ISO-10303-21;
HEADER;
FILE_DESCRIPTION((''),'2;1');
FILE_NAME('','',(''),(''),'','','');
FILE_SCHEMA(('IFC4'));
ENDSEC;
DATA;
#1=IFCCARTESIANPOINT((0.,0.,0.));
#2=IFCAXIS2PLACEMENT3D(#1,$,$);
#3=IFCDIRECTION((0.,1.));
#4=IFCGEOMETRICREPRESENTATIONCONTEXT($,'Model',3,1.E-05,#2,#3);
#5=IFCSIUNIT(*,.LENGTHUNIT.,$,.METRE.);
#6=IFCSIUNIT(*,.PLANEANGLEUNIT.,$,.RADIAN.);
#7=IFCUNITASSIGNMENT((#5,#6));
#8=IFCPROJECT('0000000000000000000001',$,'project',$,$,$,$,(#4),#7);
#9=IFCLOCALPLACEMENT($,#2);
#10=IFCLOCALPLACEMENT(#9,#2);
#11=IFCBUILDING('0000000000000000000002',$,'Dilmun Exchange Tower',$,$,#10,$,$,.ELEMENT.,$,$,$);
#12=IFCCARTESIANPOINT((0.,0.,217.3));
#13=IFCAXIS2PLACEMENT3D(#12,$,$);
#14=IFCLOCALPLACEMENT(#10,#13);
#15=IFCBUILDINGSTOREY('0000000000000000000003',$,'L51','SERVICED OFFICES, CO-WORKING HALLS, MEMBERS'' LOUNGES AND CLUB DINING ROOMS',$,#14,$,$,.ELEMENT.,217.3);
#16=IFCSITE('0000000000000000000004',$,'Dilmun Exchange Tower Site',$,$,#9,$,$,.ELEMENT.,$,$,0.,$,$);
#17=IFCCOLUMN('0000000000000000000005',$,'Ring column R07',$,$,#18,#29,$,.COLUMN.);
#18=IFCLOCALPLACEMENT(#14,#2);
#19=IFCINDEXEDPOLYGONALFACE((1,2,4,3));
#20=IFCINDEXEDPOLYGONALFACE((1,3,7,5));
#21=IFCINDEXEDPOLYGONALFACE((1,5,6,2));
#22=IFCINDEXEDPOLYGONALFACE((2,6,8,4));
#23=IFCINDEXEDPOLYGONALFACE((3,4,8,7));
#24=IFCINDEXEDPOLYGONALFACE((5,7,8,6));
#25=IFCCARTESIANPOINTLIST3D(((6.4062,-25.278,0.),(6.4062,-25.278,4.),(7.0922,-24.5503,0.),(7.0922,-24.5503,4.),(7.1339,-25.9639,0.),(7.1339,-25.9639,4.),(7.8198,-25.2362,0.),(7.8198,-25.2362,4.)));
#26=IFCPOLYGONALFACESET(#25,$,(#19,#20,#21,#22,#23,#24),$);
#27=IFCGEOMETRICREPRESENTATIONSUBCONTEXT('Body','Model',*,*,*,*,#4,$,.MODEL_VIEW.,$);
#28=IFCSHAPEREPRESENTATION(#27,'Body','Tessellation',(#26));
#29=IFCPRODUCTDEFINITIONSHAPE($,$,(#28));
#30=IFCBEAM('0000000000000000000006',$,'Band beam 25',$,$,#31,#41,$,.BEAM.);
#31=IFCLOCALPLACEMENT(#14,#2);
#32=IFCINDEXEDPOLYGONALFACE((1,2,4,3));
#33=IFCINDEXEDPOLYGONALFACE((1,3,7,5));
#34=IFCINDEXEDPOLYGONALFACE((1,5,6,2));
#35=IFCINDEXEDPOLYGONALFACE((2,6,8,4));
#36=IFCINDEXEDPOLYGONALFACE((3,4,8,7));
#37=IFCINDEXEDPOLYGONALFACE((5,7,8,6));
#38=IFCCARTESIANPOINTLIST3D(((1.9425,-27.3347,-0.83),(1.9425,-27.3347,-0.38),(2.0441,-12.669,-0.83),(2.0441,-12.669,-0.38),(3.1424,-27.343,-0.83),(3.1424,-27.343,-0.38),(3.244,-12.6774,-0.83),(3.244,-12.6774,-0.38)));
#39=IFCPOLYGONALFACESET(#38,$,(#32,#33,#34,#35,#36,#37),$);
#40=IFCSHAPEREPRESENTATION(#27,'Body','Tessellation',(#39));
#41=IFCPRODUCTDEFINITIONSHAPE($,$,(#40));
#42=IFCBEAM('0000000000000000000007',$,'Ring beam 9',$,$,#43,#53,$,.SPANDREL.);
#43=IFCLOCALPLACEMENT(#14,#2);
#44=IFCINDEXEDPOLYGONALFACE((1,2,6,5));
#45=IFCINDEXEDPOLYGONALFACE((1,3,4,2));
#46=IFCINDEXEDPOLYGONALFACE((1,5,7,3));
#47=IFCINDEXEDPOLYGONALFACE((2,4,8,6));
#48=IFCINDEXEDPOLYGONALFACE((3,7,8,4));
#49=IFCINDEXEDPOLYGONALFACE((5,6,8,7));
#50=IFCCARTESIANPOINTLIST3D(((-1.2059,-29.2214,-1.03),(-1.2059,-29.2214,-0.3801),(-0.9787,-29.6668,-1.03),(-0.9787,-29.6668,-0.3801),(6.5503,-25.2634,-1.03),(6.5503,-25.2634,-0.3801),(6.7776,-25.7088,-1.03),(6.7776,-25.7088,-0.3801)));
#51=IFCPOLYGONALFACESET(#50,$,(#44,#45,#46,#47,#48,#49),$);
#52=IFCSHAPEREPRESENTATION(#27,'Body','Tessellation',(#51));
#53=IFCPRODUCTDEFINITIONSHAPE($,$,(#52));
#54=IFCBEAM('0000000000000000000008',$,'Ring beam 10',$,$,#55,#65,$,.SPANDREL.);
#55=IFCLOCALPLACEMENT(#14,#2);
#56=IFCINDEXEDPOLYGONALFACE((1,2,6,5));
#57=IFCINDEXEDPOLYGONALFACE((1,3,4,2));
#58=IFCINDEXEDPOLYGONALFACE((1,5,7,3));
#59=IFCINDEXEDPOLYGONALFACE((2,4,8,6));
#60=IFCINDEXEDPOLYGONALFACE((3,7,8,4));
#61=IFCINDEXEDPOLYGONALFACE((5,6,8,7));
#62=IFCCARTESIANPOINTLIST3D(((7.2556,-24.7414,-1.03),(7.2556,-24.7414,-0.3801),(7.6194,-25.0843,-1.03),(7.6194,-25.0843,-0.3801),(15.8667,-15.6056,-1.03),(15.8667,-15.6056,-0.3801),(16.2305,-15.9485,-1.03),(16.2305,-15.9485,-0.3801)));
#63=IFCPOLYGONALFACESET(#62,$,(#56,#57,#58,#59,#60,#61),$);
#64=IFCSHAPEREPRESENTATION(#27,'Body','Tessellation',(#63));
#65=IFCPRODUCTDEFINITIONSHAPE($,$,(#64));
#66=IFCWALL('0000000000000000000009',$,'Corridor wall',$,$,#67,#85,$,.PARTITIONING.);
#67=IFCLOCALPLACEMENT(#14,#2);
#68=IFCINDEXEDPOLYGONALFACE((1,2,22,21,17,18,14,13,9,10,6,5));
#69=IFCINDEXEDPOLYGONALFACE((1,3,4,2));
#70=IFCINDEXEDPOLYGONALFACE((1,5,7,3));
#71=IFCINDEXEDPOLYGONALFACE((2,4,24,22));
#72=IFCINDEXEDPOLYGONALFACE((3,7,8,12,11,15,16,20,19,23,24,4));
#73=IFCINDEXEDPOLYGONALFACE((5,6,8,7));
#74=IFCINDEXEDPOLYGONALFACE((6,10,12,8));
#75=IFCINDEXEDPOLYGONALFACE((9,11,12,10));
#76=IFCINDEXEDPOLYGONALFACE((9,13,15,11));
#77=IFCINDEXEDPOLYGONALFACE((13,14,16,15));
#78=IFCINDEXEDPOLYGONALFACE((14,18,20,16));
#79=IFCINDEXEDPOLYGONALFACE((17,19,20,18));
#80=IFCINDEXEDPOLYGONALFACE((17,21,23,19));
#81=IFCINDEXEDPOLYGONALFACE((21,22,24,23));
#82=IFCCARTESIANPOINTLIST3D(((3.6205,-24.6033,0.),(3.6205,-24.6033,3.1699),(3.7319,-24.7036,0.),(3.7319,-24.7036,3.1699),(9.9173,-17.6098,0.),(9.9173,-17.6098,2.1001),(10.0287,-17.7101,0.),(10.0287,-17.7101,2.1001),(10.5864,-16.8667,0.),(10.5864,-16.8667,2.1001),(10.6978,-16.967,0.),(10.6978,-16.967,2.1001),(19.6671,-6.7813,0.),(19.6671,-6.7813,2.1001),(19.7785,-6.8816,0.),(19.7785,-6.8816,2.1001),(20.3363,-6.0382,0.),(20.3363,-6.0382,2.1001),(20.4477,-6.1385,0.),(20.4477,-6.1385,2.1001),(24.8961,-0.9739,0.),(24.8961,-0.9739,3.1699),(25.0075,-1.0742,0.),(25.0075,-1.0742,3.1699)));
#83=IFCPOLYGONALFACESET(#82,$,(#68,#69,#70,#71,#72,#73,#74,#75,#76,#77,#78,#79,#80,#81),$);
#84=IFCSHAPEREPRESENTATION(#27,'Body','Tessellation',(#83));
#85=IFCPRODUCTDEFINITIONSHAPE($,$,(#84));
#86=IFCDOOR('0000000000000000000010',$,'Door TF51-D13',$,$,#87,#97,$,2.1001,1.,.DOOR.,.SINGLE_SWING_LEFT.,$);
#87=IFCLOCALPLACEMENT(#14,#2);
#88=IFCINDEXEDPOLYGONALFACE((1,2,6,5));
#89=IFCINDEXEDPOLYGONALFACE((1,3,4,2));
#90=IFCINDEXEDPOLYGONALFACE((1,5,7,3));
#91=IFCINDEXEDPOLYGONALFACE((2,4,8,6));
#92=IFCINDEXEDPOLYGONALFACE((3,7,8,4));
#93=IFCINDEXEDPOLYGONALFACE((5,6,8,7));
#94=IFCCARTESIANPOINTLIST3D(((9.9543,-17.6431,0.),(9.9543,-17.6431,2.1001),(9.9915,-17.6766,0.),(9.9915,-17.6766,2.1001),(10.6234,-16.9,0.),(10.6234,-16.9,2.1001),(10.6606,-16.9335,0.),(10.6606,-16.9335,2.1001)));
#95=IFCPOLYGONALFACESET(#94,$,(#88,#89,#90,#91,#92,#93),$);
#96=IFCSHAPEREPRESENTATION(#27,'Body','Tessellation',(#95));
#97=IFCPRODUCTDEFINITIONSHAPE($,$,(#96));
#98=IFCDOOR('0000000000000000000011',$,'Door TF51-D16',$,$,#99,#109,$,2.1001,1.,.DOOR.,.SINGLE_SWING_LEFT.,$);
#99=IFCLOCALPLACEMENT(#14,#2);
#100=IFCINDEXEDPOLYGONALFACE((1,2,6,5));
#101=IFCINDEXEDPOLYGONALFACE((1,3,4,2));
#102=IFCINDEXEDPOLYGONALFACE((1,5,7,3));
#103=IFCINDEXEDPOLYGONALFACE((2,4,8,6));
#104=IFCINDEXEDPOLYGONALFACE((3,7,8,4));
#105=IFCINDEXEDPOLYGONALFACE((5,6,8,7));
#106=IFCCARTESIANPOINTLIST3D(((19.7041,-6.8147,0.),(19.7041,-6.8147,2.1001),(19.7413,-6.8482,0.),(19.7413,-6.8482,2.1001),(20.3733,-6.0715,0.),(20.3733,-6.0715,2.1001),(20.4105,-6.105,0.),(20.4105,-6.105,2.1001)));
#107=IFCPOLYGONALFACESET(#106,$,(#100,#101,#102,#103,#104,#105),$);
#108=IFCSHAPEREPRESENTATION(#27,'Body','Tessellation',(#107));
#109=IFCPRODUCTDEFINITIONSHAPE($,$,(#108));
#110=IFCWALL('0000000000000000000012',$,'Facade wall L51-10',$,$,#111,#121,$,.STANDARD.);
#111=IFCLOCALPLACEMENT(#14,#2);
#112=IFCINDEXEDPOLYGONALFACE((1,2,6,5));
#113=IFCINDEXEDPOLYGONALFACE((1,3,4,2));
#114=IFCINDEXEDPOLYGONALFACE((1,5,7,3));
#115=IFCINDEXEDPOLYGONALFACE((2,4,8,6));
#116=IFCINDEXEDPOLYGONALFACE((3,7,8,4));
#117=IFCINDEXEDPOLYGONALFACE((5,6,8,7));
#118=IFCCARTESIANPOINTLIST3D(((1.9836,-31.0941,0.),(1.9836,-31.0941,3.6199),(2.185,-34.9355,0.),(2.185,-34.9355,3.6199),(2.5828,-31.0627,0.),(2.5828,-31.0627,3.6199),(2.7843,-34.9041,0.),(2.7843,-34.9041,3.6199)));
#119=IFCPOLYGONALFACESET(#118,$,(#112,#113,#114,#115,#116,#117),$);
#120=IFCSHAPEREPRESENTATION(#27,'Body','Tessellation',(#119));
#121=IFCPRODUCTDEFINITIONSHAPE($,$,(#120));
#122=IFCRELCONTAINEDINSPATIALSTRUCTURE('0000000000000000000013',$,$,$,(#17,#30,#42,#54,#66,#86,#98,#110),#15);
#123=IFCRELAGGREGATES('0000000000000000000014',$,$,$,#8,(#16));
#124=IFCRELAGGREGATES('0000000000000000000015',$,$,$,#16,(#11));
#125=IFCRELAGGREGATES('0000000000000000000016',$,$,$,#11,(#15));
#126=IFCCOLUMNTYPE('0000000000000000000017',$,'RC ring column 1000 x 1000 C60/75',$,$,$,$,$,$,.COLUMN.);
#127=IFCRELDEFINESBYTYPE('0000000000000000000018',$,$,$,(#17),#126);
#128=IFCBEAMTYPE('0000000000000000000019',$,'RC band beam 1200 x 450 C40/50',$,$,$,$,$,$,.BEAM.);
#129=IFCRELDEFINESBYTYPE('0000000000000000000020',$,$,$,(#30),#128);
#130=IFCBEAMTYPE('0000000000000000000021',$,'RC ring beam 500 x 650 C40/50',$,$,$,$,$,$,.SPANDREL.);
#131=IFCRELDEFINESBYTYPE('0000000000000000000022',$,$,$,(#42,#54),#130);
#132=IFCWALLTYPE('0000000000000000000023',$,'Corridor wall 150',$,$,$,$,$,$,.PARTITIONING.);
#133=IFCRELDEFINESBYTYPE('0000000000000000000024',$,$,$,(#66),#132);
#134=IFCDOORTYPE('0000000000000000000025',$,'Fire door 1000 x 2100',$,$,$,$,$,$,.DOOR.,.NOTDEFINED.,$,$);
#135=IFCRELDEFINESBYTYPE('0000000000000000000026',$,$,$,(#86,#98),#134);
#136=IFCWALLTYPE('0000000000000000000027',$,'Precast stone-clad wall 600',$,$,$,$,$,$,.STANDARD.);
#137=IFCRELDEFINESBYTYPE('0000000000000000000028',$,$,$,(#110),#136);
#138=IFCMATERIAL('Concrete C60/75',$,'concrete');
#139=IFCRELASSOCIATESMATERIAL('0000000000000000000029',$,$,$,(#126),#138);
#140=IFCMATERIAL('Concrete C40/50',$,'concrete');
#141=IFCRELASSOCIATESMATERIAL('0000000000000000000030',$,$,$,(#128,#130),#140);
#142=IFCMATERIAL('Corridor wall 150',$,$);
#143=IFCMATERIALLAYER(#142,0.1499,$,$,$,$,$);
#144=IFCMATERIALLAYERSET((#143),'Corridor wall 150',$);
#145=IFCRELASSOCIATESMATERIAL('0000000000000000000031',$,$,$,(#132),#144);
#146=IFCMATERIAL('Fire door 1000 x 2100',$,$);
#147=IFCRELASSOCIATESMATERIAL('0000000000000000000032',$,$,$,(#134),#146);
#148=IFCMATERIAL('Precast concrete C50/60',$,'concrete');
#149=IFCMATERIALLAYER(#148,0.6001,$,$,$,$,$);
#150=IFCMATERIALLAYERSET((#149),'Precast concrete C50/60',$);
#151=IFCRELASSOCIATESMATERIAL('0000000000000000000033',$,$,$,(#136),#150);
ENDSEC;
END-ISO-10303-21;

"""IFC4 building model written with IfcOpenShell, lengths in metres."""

from ifc_helpers import new_model, si_unit, direction, frame, frame_2d, origin, origin_2d, place, context, subcontext, project, spatial, rectangle, extrude, material, layer, layer_set, material_profile, profile_set, type_object, element, fill, save


model = new_model("IFC4")

# Units and contexts
model_context = context("Model", 3, precision=1e-05, world=origin(), true_north=direction((0.0, 1.0)))
body_context = subcontext(model_context, "Body", "Model", "MODEL_VIEW")
ifc_project = project(units=[si_unit("LENGTHUNIT", "METRE"), si_unit("PLANEANGLEUNIT", "RADIAN")], contexts=[model_context])

# Site, building, storey
site_placement = place(None, origin())
site = spatial("IfcSite", under=ifc_project, at=site_placement, Name="Dilmun Exchange Tower Site", CompositionType="ELEMENT", RefElevation=0.0)
building_placement = place(site_placement, origin())
building = spatial("IfcBuilding", under=site, at=building_placement, Name="Dilmun Exchange Tower", CompositionType="ELEMENT")
storey_placement = place(building_placement, frame((0.0, 0.0, 217.3)))
storey = spatial("IfcBuildingStorey", under=building, at=storey_placement, Name="L51", Description="SERVICED OFFICES, CO-WORKING HALLS, MEMBERS' LOUNGES AND CLUB DINING ROOMS", CompositionType="ELEMENT", Elevation=217.3)

# Column
ifc_material_1 = material(Name="Concrete C60/75", Category="concrete")
ifc_material_profile_1 = material_profile(ifc_material_1, rectangle(XDim=1.0, YDim=1.0, at=origin_2d()), Name="1000 x 1000")
ifc_profile_set_1 = profile_set([ifc_material_profile_1], Name="Concrete C60/75")
column_type = type_object("IfcColumnType", Name="RC ring column 1000 x 1000 C60/75", PredefinedType="COLUMN", material=ifc_profile_set_1)
column_placement = place(storey_placement, frame((7.113, -25.2571, 0.0), z_axis=(0.0, 0.0, 1.0), x_axis=(0.685916, 0.727681, 0.0)))
element("IfcColumn", 1, at=column_placement, inside=storey, type_object=column_type, Name="Ring column R07", PredefinedType="COLUMN", context=body_context, shape_type="SweptSolid", body=[
    extrude(rectangle(XDim=1.0, YDim=1.0, at=origin_2d()), origin(), (0.0, 0.0, 1.0), 4.0),
])

# Beams
ifc_material_2 = material(Name="Concrete C40/50", Category="concrete")
ifc_material_profile_2 = material_profile(ifc_material_2, rectangle(XDim=1.2, YDim=0.45, at=origin_2d()), Name="1200 x 450")
ifc_profile_set_2 = profile_set([ifc_material_profile_2], Name="Concrete C40/50")
beam_type_1 = type_object("IfcBeamType", Name="RC band beam 1200 x 450 C40/50", PredefinedType="BEAM", material=ifc_profile_set_2)
beam_1_placement = place(storey_placement, frame((2.5425, -27.3389, -0.605), z_axis=(0.006925, 0.999976, 0.0), x_axis=(-0.999976, 0.006925, 0.0)))
element("IfcBeam", 2, at=beam_1_placement, inside=storey, type_object=beam_type_1, Name="Band beam 25", PredefinedType="BEAM", context=body_context, shape_type="SweptSolid", body=[
    extrude(rectangle(XDim=1.2, YDim=0.45, at=origin_2d()), origin(), (0.0, 0.0, 1.0), 14.666),
])
ifc_material_profile_3 = material_profile(ifc_material_2, rectangle(XDim=0.5, YDim=0.6499, at=origin_2d()), Name="500 x 650")
ifc_profile_set_3 = profile_set([ifc_material_profile_3], Name="Concrete C40/50")
beam_type_2 = type_object("IfcBeamType", Name="RC ring beam 500 x 650 C40/50", PredefinedType="SPANDREL", material=ifc_profile_set_3)
beam_2_placement = place(storey_placement, frame((-1.0923, -29.4441, -0.7051), z_axis=(0.89073, 0.454533, 0.0), x_axis=(-0.454533, 0.89073, 0.0)))
element("IfcBeam", 3, at=beam_2_placement, inside=storey, type_object=beam_type_2, Name="Ring beam 9", PredefinedType="SPANDREL", context=body_context, shape_type="SweptSolid", body=[
    extrude(rectangle(XDim=0.5, YDim=0.6499, at=origin_2d()), origin(), (0.0, 0.0, 1.0), 8.7078),
])
beam_3_placement = place(storey_placement, frame((7.4375, -24.9128, -0.7051), z_axis=(0.685903, 0.727693, 0.0), x_axis=(-0.727693, 0.685903, 0.0)))
element("IfcBeam", 4, at=beam_3_placement, inside=storey, type_object=beam_type_2, Name="Ring beam 10", PredefinedType="SPANDREL", context=body_context, shape_type="SweptSolid", body=[
    extrude(rectangle(XDim=0.5, YDim=0.6499, at=origin_2d()), origin(), (0.0, 0.0, 1.0), 12.5544),
])

# Wall, openings, doors
ifc_material_3 = material(Name="Corridor wall 150")
ifc_layer_1 = layer(ifc_material_3, 0.1499)
ifc_layer_set_1 = layer_set([ifc_layer_1], Name="Corridor wall 150")
wall_type_1 = type_object("IfcWallType", Name="Corridor wall 150", PredefinedType="PARTITIONING", material=ifc_layer_set_1)
wall_1_placement = place(storey_placement, frame((3.6763, -24.6533, 0.0), z_axis=(0.0, 0.0, 1.0), x_axis=(0.669124, 0.743151, 0.0)))
wall_1 = element("IfcWall", 5, at=wall_1_placement, inside=storey, type_object=wall_type_1, Name="Corridor wall", PredefinedType="PARTITIONING", context=body_context, shape_type="SweptSolid", body=[
    extrude(rectangle(XDim=31.7961, YDim=0.1499, at=frame_2d((15.8979, 0.0))), origin(), (0.0, 0.0, 1.0), 3.1699),
])
opening_1_placement = place(wall_1_placement, frame((9.4104, 0.0, 0.0)))
opening_1 = element("IfcOpeningElement", 6, at=opening_1_placement, cuts=wall_1, PredefinedType="OPENING", context=body_context, shape_type="SweptSolid", body=[
    extrude(rectangle(XDim=1.0, YDim=2.1001, at=frame_2d((0.5, 1.05))), frame((0.0, 0.085, 0.0), z_axis=(0.0, -1.0, 0.0), x_axis=(1.0, 0.0, 0.0)), (0.0, 0.0, 1.0), 0.1699),
])
opening_2_placement = place(wall_1_placement, frame((23.9814, 0.0, 0.0)))
opening_2 = element("IfcOpeningElement", 7, at=opening_2_placement, cuts=wall_1, PredefinedType="OPENING", context=body_context, shape_type="SweptSolid", body=[
    extrude(rectangle(XDim=1.0, YDim=2.1001, at=frame_2d((0.5, 1.05))), frame((0.0, 0.085, 0.0), z_axis=(0.0, -1.0, 0.0), x_axis=(1.0, 0.0, 0.0)), (0.0, 0.0, 1.0), 0.1699),
])
ifc_material_4 = material(Name="Fire door 1000 x 2100")
door_type = type_object("IfcDoorType", Name="Fire door 1000 x 2100", OperationType="NOTDEFINED", PredefinedType="DOOR", material=ifc_material_4)
door_1_placement = place(opening_1_placement, frame((1.0, 0.0, 0.0), z_axis=(0.0, 0.0, 1.0), x_axis=(-1.0, 0.0, 0.0)))
door_1 = element("IfcDoor", 8, at=door_1_placement, inside=storey, type_object=door_type, Name="Door TF51-D13", OperationType="SINGLE_SWING_LEFT", OverallHeight=2.1001, OverallWidth=1.0, PredefinedType="DOOR", context=body_context, shape_type="SweptSolid", body=[
    extrude(rectangle(XDim=1.0, YDim=2.1001, at=frame_2d((0.5, 1.05))), frame((0.0, 0.0249, 0.0), z_axis=(0.0, -1.0, 0.0), x_axis=(1.0, 0.0, 0.0)), (0.0, 0.0, 1.0), 0.05),
])
fill(opening_1, door_1)
door_2_placement = place(opening_2_placement, frame((1.0, 0.0, 0.0), z_axis=(0.0, 0.0, 1.0), x_axis=(-1.0, 0.0, 0.0)))
door_2 = element("IfcDoor", 9, at=door_2_placement, inside=storey, type_object=door_type, Name="Door TF51-D16", OperationType="SINGLE_SWING_LEFT", OverallHeight=2.1001, OverallWidth=1.0, PredefinedType="DOOR", context=body_context, shape_type="SweptSolid", body=[
    extrude(rectangle(XDim=1.0, YDim=2.1001, at=frame_2d((0.5, 1.05))), frame((0.0, 0.0249, 0.0), z_axis=(0.0, -1.0, 0.0), x_axis=(1.0, 0.0, 0.0)), (0.0, 0.0, 1.0), 0.05),
])
fill(opening_2, door_2)

# Wall
ifc_material_5 = material(Name="Precast concrete C50/60", Category="concrete")
ifc_layer_2 = layer(ifc_material_5, 0.6001)
ifc_layer_set_2 = layer_set([ifc_layer_2], Name="Precast concrete C50/60")
wall_type_2 = type_object("IfcWallType", Name="Precast stone-clad wall 600", PredefinedType="STANDARD", material=ifc_layer_set_2)
wall_2_placement = place(storey_placement, frame((2.2832, -31.0784, 0.0), z_axis=(0.0, 0.0, 1.0), x_axis=(0.052362, -0.998628, 0.0)))
element("IfcWall", 10, at=wall_2_placement, inside=storey, type_object=wall_type_2, Name="Facade wall L51-10", PredefinedType="STANDARD", context=body_context, shape_type="SweptSolid", body=[
    extrude(rectangle(XDim=3.8467, YDim=0.6001, at=frame_2d((1.9233, 0.0))), origin(), (0.0, 0.0, 1.0), 3.6199),
])

save(model, "model.ifc")
